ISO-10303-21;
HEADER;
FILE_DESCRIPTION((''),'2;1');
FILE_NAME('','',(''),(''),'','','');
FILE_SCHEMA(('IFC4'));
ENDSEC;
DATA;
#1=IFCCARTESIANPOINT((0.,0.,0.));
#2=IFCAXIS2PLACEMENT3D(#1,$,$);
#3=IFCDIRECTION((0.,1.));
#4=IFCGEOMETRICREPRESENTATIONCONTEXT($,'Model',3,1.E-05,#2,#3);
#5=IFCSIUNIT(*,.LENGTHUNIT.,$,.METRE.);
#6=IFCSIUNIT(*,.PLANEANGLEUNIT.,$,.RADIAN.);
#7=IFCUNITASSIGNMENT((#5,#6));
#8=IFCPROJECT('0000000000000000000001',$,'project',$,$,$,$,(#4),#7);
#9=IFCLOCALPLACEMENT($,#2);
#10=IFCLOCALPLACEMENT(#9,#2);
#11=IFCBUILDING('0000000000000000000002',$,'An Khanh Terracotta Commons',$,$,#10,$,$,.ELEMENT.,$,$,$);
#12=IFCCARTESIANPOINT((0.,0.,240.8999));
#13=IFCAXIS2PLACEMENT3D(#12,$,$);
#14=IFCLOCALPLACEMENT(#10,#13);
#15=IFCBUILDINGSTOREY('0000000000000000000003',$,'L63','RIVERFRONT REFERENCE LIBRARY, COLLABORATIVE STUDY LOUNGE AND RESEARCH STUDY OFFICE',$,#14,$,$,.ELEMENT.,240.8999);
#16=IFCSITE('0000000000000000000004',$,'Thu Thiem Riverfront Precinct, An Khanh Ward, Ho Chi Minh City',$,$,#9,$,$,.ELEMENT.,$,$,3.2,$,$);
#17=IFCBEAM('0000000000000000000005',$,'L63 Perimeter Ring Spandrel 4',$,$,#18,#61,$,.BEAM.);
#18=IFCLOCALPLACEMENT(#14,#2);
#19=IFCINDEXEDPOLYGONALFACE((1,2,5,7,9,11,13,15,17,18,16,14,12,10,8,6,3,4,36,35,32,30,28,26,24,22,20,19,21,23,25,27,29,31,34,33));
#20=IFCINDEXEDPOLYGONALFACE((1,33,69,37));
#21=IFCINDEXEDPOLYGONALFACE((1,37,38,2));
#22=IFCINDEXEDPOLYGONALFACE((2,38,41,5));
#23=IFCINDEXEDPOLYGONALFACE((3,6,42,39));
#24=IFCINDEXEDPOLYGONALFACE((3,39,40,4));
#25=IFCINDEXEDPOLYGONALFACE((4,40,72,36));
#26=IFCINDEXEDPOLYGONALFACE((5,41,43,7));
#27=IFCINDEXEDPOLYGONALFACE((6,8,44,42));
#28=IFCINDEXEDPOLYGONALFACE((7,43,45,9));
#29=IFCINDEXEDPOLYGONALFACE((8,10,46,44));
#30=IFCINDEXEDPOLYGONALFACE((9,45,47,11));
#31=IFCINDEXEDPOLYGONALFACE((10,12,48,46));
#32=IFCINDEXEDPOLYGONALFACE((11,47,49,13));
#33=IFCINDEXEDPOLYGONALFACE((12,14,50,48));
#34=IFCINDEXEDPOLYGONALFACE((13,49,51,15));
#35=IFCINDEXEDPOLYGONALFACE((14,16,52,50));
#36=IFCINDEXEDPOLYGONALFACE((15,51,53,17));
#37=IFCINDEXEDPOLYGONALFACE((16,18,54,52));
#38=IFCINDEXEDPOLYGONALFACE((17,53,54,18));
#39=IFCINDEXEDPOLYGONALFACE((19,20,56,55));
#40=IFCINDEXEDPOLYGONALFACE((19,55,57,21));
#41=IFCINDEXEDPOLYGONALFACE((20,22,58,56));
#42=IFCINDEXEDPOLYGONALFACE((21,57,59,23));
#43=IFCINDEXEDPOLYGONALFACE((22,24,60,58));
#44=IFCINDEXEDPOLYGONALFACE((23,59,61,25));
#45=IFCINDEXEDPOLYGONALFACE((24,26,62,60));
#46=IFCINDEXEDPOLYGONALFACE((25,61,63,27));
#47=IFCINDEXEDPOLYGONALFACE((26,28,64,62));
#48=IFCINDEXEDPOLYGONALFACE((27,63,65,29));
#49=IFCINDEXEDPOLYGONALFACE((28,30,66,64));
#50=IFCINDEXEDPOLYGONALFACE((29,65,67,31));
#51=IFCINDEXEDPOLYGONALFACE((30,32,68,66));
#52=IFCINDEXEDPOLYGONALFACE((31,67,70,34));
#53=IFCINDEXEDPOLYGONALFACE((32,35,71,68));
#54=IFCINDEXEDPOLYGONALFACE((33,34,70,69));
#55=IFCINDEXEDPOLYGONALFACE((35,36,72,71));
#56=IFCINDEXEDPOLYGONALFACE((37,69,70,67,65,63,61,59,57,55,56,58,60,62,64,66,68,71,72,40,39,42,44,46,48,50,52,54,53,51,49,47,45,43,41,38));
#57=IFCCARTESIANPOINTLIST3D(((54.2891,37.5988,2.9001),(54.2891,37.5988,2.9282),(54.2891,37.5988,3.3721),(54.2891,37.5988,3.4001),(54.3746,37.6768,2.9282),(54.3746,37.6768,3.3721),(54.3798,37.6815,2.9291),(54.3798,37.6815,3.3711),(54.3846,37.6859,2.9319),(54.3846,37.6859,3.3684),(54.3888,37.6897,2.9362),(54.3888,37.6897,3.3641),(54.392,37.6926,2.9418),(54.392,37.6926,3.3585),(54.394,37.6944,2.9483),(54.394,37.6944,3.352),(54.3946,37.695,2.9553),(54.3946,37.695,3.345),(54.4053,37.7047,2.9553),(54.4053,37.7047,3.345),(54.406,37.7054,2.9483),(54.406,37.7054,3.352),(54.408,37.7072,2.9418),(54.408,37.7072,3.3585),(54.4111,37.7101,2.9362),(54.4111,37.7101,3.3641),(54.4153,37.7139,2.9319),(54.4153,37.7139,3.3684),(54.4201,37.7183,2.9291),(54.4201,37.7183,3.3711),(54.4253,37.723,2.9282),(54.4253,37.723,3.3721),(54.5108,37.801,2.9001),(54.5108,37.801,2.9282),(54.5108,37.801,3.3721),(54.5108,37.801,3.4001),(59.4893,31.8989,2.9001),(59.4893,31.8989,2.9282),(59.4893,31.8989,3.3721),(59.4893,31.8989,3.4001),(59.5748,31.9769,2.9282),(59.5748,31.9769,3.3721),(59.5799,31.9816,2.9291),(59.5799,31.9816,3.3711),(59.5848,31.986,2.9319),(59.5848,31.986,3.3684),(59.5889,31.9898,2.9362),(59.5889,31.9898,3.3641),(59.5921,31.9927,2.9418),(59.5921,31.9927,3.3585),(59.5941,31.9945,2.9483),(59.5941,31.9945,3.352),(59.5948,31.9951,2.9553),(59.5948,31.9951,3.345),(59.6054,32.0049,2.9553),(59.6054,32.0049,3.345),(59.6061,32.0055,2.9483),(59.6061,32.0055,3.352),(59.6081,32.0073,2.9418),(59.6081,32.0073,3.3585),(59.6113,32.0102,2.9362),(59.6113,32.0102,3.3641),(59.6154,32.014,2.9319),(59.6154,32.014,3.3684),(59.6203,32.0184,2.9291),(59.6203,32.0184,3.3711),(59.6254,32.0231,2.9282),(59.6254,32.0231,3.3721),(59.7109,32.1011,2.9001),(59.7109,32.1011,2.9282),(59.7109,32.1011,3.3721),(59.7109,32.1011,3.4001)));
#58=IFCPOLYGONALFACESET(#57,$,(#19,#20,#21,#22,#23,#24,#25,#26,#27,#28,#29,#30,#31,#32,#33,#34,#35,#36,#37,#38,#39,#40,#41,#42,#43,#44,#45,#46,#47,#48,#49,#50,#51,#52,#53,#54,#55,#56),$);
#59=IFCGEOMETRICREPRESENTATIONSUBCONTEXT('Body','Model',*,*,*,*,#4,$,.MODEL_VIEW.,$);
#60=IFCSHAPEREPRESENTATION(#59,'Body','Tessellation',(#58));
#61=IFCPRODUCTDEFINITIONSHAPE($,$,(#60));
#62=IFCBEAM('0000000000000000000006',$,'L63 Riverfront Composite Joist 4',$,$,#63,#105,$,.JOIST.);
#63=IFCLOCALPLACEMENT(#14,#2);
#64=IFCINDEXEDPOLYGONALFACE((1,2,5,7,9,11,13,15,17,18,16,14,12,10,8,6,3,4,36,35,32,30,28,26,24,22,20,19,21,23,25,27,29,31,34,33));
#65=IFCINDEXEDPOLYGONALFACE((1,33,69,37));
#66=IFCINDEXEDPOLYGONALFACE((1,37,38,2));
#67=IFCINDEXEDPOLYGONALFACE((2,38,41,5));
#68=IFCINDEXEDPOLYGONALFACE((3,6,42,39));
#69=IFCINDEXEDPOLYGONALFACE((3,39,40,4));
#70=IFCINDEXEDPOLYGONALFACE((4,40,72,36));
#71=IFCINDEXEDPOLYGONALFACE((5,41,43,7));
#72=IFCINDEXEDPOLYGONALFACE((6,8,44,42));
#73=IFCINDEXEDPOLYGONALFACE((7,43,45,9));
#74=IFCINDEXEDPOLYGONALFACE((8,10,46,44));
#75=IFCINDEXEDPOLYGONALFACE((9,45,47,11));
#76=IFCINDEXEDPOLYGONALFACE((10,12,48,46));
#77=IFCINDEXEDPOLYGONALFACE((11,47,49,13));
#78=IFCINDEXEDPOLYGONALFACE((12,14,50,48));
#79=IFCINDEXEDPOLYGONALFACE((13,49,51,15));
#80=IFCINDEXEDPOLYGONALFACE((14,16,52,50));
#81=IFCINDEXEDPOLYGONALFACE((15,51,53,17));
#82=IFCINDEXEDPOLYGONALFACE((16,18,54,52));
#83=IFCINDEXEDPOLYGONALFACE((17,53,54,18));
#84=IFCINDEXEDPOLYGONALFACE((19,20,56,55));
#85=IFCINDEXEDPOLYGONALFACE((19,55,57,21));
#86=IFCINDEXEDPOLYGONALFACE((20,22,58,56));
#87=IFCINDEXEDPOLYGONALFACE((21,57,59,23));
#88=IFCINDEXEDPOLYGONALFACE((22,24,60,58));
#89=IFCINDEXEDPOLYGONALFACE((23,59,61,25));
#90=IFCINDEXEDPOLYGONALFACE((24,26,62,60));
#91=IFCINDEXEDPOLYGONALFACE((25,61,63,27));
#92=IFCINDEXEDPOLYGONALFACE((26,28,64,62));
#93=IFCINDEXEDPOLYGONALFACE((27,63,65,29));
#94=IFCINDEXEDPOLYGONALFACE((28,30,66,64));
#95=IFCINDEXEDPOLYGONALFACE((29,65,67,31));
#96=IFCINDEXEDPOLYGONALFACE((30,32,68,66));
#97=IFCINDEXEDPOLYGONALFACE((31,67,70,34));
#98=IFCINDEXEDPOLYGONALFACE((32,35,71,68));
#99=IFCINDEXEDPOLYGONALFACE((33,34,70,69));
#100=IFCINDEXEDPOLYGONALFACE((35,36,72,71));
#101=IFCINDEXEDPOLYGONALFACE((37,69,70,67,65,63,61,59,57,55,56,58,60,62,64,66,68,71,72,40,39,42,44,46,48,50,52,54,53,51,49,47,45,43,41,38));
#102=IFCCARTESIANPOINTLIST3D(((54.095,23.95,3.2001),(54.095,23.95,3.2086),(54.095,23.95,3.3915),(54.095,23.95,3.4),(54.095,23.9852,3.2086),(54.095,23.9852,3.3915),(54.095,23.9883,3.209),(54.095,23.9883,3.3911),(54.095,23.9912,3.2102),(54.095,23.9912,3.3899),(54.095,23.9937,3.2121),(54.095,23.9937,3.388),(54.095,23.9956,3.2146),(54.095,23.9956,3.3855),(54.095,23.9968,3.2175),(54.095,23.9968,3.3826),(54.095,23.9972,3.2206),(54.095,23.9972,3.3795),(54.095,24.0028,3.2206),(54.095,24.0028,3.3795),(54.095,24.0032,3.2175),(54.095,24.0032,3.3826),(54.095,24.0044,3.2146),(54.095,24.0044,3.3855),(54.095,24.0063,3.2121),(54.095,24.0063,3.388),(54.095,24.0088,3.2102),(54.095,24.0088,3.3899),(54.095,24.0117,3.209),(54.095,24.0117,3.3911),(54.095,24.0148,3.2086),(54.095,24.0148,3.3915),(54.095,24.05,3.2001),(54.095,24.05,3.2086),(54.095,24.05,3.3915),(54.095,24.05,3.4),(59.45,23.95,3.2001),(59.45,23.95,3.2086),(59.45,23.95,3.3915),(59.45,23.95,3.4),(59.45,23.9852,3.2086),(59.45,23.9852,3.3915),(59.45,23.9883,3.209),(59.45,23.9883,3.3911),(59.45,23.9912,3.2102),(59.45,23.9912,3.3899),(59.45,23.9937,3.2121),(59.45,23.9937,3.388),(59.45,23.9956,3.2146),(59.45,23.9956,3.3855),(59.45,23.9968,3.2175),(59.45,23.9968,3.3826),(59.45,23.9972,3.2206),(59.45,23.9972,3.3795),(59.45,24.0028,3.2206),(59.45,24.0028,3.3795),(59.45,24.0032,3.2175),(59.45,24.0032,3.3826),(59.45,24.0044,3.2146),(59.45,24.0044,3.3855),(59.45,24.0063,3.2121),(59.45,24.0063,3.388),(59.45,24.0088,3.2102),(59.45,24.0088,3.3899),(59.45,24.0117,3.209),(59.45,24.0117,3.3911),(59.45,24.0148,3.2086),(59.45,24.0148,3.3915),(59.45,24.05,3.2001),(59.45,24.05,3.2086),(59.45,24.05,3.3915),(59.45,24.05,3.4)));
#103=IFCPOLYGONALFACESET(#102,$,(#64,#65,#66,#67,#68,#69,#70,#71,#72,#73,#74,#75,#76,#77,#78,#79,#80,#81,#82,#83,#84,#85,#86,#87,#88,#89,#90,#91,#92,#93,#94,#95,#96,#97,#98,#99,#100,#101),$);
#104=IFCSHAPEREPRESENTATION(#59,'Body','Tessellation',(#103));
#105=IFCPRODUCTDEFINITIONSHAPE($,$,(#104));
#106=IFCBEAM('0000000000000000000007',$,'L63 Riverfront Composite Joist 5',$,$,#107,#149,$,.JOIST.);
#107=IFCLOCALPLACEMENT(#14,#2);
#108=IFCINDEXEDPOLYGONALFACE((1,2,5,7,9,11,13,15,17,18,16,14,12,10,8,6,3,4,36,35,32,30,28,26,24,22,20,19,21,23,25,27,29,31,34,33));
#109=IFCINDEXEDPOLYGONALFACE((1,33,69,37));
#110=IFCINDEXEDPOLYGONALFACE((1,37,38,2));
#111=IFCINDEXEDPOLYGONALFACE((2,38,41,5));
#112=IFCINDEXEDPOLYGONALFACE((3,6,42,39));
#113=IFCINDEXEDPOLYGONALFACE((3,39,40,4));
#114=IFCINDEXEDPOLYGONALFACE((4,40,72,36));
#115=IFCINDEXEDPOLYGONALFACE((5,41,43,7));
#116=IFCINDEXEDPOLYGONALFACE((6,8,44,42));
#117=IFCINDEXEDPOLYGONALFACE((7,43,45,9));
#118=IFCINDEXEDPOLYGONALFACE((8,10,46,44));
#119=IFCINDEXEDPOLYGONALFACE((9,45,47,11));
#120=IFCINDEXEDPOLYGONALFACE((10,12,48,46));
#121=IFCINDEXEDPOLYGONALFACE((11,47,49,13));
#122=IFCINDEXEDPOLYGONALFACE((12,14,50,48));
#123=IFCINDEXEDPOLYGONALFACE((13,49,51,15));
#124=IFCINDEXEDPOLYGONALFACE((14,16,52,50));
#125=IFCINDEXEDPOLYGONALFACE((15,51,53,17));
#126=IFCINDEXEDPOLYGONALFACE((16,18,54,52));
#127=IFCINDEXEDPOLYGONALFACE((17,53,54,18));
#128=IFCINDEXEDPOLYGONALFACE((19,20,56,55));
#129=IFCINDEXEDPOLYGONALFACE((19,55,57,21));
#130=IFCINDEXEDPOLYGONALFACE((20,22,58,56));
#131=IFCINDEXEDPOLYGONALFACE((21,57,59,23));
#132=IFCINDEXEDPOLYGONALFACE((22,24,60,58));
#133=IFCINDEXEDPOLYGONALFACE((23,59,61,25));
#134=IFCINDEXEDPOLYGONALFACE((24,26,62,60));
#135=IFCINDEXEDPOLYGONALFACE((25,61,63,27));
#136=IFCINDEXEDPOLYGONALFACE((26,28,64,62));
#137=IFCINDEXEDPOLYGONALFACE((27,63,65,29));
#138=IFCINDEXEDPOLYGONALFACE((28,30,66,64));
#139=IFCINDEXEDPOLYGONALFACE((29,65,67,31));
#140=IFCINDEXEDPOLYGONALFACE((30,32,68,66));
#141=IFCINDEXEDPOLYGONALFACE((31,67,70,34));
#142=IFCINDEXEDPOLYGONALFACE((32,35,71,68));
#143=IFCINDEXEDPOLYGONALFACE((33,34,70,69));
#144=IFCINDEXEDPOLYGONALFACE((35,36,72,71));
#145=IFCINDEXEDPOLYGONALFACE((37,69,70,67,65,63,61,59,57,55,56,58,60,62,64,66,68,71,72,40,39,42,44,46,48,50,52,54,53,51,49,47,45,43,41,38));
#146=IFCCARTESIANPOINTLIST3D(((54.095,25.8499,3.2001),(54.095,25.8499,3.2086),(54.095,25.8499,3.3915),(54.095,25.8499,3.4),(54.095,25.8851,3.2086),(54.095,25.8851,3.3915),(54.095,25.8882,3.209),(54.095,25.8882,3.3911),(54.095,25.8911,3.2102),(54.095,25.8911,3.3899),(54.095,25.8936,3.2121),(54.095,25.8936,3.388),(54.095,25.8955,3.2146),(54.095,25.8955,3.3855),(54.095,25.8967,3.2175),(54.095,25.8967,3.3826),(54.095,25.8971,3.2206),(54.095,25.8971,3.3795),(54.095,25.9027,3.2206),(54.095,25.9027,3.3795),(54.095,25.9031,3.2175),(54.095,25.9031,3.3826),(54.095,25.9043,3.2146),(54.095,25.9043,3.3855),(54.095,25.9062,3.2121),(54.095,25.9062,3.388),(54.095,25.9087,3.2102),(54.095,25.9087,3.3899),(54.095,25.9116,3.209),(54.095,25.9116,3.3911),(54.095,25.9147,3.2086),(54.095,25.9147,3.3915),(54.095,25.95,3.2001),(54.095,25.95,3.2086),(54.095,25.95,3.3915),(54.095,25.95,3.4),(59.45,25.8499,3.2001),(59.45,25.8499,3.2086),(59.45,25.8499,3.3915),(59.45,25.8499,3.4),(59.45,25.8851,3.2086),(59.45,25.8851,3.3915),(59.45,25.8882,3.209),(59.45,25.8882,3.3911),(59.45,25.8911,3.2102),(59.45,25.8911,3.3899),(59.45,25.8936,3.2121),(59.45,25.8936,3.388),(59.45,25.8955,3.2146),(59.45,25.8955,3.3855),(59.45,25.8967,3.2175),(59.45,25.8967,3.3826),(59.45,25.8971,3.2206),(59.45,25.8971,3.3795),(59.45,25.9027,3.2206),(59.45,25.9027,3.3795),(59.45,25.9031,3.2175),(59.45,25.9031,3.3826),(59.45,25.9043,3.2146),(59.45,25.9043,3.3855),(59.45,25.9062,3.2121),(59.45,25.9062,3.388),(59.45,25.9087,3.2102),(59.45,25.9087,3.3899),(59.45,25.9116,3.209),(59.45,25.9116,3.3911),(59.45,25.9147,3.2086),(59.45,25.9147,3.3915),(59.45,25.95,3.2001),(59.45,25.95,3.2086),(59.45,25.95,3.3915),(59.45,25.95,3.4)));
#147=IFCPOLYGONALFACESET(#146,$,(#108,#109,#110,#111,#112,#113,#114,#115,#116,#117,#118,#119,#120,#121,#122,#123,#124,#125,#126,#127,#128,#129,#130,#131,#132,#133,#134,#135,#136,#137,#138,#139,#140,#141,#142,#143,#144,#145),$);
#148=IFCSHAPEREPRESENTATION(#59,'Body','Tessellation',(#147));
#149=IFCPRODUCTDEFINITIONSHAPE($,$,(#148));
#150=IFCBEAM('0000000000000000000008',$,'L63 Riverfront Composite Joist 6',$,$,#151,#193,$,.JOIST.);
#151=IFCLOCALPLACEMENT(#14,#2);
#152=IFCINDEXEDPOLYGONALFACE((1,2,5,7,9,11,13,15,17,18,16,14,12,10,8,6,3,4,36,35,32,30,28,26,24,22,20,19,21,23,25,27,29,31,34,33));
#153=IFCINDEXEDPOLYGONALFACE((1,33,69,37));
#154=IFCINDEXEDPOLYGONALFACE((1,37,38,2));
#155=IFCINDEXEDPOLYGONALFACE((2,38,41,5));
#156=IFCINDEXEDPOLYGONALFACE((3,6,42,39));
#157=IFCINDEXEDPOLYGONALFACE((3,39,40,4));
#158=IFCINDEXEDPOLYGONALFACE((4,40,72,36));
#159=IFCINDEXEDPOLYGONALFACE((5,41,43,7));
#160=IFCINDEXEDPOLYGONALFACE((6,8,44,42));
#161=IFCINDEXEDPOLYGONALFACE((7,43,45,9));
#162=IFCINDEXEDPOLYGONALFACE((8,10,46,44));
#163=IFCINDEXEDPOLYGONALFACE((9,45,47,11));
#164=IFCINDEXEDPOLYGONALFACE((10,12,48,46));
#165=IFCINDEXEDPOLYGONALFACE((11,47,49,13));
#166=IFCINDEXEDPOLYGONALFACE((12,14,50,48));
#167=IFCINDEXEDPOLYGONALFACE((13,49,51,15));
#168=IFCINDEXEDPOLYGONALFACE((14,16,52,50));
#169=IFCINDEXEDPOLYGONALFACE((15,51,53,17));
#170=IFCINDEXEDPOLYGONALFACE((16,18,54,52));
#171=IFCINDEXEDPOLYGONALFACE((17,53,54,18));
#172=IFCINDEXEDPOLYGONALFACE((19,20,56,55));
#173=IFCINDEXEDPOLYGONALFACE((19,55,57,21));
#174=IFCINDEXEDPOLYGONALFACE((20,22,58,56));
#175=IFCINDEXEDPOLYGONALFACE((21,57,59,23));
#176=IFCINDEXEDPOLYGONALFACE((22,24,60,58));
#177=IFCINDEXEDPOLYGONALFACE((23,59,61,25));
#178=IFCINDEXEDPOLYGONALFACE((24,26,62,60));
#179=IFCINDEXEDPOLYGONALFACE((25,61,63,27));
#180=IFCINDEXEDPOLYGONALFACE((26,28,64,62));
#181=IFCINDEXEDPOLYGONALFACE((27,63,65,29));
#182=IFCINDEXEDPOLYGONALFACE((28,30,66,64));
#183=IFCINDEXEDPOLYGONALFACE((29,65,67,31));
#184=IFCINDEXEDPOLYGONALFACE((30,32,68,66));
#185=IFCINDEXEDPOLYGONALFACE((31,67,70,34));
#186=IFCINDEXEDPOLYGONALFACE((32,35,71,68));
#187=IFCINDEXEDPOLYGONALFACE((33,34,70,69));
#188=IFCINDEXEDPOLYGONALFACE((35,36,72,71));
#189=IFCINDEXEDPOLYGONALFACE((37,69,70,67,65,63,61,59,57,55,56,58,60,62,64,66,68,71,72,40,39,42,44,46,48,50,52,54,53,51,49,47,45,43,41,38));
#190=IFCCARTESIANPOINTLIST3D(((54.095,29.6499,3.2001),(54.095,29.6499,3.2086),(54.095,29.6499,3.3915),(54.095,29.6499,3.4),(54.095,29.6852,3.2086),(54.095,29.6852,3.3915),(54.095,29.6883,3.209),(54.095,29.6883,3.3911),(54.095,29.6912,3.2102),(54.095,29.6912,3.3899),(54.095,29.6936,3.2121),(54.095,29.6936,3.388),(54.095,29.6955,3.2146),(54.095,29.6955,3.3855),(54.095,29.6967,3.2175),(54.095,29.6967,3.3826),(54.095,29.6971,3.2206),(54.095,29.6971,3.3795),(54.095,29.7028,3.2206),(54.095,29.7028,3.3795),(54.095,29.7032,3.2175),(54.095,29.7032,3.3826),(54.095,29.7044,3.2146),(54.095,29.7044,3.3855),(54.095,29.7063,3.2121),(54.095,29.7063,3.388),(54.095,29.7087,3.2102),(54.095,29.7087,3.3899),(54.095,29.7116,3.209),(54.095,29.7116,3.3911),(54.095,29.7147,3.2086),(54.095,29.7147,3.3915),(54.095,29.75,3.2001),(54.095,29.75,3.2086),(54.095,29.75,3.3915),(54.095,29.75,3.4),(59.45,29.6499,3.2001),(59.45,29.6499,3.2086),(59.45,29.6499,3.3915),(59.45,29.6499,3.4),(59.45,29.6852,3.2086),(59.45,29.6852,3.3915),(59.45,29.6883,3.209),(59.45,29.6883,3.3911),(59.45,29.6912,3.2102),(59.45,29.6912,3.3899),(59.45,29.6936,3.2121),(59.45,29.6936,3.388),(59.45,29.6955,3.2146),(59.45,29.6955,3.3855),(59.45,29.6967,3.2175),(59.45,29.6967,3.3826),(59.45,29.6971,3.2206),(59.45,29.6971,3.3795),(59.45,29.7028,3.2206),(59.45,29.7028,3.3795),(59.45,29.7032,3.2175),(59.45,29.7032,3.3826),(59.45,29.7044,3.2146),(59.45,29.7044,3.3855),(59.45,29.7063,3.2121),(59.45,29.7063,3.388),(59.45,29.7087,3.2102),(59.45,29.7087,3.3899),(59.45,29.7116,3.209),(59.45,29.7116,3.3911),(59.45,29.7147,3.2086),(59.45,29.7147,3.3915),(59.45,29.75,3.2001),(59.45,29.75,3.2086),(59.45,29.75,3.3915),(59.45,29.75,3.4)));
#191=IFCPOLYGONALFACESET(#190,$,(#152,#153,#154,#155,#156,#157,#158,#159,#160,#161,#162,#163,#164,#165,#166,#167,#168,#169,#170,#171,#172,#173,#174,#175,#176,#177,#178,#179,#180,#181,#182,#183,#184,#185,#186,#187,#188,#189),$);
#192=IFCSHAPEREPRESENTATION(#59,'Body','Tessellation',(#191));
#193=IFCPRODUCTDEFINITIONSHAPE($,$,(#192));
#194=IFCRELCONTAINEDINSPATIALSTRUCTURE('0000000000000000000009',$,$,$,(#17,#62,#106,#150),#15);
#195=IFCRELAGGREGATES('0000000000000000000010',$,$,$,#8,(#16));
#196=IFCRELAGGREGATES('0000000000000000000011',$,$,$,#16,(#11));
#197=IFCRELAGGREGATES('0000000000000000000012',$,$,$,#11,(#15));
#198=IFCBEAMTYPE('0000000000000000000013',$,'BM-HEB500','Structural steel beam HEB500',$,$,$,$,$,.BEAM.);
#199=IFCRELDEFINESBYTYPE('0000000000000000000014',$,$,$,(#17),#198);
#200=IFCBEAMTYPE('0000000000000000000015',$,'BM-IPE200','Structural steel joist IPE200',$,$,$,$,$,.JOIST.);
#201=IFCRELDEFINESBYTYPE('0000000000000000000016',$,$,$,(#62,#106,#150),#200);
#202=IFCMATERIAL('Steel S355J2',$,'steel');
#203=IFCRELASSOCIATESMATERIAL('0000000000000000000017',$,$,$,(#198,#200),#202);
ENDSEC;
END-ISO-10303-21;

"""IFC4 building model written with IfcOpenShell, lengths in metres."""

from ifc_helpers import new_model, si_unit, direction, frame, origin, origin_2d, place, context, subcontext, project, spatial, i_section, extrude, material, material_profile, profile_set, type_object, element, save


model = new_model("IFC4")

# Units and contexts
model_context = context("Model", 3, precision=1e-05, world=origin(), true_north=direction((0.0, 1.0)))
body_context = subcontext(model_context, "Body", "Model", "MODEL_VIEW")
ifc_project = project(units=[si_unit("LENGTHUNIT", "METRE"), si_unit("PLANEANGLEUNIT", "RADIAN")], contexts=[model_context])

# Site, building, storey
site_placement = place(None, origin())
site = spatial("IfcSite", under=ifc_project, at=site_placement, Name="Thu Thiem Riverfront Precinct, An Khanh Ward, Ho Chi Minh City", CompositionType="ELEMENT", RefElevation=3.2)
building_placement = place(site_placement, origin())
building = spatial("IfcBuilding", under=site, at=building_placement, Name="An Khanh Terracotta Commons", CompositionType="ELEMENT")
storey_placement = place(building_placement, frame((0.0, 0.0, 240.8999)))
storey = spatial("IfcBuildingStorey", under=building, at=storey_placement, Name="L63", Description="RIVERFRONT REFERENCE LIBRARY, COLLABORATIVE STUDY LOUNGE AND RESEARCH STUDY OFFICE", CompositionType="ELEMENT", Elevation=240.8999)

# Beams
ifc_material_1 = material(Name="Steel S355J2", Category="steel")
ifc_material_profile_1 = material_profile(ifc_material_1, i_section(OverallWidth=0.3, OverallDepth=0.5, WebThickness=0.0144, FlangeThickness=0.0281, FilletRadius=0.0271, at=origin_2d()), Name="HEB500")
ifc_profile_set_1 = profile_set([ifc_material_profile_1], Name="Steel S355J2")
beam_type_1 = type_object("IfcBeamType", Name="BM-HEB500", Description="Structural steel beam HEB500", PredefinedType="BEAM", material=ifc_profile_set_1)
beam_1_placement = place(storey_placement, frame((59.6001, 32.0, 3.1501), z_axis=(-0.673979, 0.738751, 0.0), x_axis=(-0.738751, -0.673979, 0.0)))
element("IfcBeam", 1, at=beam_1_placement, inside=storey, type_object=beam_type_1, Name="L63 Perimeter Ring Spandrel 4", PredefinedType="BEAM", context=body_context, shape_type="SweptSolid", body=[
    extrude(i_section(OverallWidth=0.3, OverallDepth=0.5, WebThickness=0.0144, FlangeThickness=0.0281, FilletRadius=0.0271, at=origin_2d()), origin(), (0.0, 0.0, 1.0), 7.7156),
])
ifc_material_profile_2 = material_profile(ifc_material_1, i_section(OverallWidth=0.1001, OverallDepth=0.2, WebThickness=0.0056, FlangeThickness=0.0085, FilletRadius=0.012, at=origin_2d()), Name="IPE200")
ifc_profile_set_2 = profile_set([ifc_material_profile_2], Name="Steel S355J2")
beam_type_2 = type_object("IfcBeamType", Name="BM-IPE200", Description="Structural steel joist IPE200", PredefinedType="JOIST", material=ifc_profile_set_2)
for number, where, z_axis, x_axis, name in (
    (2, (54.095, 24.0, 3.3), (1.0, 0.0, 0.0), (0.0, 1.0, 0.0), "L63 Riverfront Composite Joist 4"),
    (3, (54.095, 25.8999, 3.3), (1.0, 0.0, 0.0), (0.0, 1.0, 0.0), "L63 Riverfront Composite Joist 5"),
    (4, (54.095, 29.7, 3.3), (1.0, 0.0, 0.0), (0.0, 1.0, 0.0), "L63 Riverfront Composite Joist 6"),
):
    element("IfcBeam", number, at=place(storey_placement, frame(where, z_axis=z_axis, x_axis=x_axis)), inside=storey, type_object=beam_type_2, Name=name, PredefinedType="JOIST", context=body_context, shape_type="SweptSolid", body=[
        extrude(i_section(OverallWidth=0.1001, OverallDepth=0.2, WebThickness=0.0056, FlangeThickness=0.0085, FilletRadius=0.012, at=origin_2d()), origin(), (0.0, 0.0, 1.0), 5.355),
    ])

save(model, "model.ifc")
